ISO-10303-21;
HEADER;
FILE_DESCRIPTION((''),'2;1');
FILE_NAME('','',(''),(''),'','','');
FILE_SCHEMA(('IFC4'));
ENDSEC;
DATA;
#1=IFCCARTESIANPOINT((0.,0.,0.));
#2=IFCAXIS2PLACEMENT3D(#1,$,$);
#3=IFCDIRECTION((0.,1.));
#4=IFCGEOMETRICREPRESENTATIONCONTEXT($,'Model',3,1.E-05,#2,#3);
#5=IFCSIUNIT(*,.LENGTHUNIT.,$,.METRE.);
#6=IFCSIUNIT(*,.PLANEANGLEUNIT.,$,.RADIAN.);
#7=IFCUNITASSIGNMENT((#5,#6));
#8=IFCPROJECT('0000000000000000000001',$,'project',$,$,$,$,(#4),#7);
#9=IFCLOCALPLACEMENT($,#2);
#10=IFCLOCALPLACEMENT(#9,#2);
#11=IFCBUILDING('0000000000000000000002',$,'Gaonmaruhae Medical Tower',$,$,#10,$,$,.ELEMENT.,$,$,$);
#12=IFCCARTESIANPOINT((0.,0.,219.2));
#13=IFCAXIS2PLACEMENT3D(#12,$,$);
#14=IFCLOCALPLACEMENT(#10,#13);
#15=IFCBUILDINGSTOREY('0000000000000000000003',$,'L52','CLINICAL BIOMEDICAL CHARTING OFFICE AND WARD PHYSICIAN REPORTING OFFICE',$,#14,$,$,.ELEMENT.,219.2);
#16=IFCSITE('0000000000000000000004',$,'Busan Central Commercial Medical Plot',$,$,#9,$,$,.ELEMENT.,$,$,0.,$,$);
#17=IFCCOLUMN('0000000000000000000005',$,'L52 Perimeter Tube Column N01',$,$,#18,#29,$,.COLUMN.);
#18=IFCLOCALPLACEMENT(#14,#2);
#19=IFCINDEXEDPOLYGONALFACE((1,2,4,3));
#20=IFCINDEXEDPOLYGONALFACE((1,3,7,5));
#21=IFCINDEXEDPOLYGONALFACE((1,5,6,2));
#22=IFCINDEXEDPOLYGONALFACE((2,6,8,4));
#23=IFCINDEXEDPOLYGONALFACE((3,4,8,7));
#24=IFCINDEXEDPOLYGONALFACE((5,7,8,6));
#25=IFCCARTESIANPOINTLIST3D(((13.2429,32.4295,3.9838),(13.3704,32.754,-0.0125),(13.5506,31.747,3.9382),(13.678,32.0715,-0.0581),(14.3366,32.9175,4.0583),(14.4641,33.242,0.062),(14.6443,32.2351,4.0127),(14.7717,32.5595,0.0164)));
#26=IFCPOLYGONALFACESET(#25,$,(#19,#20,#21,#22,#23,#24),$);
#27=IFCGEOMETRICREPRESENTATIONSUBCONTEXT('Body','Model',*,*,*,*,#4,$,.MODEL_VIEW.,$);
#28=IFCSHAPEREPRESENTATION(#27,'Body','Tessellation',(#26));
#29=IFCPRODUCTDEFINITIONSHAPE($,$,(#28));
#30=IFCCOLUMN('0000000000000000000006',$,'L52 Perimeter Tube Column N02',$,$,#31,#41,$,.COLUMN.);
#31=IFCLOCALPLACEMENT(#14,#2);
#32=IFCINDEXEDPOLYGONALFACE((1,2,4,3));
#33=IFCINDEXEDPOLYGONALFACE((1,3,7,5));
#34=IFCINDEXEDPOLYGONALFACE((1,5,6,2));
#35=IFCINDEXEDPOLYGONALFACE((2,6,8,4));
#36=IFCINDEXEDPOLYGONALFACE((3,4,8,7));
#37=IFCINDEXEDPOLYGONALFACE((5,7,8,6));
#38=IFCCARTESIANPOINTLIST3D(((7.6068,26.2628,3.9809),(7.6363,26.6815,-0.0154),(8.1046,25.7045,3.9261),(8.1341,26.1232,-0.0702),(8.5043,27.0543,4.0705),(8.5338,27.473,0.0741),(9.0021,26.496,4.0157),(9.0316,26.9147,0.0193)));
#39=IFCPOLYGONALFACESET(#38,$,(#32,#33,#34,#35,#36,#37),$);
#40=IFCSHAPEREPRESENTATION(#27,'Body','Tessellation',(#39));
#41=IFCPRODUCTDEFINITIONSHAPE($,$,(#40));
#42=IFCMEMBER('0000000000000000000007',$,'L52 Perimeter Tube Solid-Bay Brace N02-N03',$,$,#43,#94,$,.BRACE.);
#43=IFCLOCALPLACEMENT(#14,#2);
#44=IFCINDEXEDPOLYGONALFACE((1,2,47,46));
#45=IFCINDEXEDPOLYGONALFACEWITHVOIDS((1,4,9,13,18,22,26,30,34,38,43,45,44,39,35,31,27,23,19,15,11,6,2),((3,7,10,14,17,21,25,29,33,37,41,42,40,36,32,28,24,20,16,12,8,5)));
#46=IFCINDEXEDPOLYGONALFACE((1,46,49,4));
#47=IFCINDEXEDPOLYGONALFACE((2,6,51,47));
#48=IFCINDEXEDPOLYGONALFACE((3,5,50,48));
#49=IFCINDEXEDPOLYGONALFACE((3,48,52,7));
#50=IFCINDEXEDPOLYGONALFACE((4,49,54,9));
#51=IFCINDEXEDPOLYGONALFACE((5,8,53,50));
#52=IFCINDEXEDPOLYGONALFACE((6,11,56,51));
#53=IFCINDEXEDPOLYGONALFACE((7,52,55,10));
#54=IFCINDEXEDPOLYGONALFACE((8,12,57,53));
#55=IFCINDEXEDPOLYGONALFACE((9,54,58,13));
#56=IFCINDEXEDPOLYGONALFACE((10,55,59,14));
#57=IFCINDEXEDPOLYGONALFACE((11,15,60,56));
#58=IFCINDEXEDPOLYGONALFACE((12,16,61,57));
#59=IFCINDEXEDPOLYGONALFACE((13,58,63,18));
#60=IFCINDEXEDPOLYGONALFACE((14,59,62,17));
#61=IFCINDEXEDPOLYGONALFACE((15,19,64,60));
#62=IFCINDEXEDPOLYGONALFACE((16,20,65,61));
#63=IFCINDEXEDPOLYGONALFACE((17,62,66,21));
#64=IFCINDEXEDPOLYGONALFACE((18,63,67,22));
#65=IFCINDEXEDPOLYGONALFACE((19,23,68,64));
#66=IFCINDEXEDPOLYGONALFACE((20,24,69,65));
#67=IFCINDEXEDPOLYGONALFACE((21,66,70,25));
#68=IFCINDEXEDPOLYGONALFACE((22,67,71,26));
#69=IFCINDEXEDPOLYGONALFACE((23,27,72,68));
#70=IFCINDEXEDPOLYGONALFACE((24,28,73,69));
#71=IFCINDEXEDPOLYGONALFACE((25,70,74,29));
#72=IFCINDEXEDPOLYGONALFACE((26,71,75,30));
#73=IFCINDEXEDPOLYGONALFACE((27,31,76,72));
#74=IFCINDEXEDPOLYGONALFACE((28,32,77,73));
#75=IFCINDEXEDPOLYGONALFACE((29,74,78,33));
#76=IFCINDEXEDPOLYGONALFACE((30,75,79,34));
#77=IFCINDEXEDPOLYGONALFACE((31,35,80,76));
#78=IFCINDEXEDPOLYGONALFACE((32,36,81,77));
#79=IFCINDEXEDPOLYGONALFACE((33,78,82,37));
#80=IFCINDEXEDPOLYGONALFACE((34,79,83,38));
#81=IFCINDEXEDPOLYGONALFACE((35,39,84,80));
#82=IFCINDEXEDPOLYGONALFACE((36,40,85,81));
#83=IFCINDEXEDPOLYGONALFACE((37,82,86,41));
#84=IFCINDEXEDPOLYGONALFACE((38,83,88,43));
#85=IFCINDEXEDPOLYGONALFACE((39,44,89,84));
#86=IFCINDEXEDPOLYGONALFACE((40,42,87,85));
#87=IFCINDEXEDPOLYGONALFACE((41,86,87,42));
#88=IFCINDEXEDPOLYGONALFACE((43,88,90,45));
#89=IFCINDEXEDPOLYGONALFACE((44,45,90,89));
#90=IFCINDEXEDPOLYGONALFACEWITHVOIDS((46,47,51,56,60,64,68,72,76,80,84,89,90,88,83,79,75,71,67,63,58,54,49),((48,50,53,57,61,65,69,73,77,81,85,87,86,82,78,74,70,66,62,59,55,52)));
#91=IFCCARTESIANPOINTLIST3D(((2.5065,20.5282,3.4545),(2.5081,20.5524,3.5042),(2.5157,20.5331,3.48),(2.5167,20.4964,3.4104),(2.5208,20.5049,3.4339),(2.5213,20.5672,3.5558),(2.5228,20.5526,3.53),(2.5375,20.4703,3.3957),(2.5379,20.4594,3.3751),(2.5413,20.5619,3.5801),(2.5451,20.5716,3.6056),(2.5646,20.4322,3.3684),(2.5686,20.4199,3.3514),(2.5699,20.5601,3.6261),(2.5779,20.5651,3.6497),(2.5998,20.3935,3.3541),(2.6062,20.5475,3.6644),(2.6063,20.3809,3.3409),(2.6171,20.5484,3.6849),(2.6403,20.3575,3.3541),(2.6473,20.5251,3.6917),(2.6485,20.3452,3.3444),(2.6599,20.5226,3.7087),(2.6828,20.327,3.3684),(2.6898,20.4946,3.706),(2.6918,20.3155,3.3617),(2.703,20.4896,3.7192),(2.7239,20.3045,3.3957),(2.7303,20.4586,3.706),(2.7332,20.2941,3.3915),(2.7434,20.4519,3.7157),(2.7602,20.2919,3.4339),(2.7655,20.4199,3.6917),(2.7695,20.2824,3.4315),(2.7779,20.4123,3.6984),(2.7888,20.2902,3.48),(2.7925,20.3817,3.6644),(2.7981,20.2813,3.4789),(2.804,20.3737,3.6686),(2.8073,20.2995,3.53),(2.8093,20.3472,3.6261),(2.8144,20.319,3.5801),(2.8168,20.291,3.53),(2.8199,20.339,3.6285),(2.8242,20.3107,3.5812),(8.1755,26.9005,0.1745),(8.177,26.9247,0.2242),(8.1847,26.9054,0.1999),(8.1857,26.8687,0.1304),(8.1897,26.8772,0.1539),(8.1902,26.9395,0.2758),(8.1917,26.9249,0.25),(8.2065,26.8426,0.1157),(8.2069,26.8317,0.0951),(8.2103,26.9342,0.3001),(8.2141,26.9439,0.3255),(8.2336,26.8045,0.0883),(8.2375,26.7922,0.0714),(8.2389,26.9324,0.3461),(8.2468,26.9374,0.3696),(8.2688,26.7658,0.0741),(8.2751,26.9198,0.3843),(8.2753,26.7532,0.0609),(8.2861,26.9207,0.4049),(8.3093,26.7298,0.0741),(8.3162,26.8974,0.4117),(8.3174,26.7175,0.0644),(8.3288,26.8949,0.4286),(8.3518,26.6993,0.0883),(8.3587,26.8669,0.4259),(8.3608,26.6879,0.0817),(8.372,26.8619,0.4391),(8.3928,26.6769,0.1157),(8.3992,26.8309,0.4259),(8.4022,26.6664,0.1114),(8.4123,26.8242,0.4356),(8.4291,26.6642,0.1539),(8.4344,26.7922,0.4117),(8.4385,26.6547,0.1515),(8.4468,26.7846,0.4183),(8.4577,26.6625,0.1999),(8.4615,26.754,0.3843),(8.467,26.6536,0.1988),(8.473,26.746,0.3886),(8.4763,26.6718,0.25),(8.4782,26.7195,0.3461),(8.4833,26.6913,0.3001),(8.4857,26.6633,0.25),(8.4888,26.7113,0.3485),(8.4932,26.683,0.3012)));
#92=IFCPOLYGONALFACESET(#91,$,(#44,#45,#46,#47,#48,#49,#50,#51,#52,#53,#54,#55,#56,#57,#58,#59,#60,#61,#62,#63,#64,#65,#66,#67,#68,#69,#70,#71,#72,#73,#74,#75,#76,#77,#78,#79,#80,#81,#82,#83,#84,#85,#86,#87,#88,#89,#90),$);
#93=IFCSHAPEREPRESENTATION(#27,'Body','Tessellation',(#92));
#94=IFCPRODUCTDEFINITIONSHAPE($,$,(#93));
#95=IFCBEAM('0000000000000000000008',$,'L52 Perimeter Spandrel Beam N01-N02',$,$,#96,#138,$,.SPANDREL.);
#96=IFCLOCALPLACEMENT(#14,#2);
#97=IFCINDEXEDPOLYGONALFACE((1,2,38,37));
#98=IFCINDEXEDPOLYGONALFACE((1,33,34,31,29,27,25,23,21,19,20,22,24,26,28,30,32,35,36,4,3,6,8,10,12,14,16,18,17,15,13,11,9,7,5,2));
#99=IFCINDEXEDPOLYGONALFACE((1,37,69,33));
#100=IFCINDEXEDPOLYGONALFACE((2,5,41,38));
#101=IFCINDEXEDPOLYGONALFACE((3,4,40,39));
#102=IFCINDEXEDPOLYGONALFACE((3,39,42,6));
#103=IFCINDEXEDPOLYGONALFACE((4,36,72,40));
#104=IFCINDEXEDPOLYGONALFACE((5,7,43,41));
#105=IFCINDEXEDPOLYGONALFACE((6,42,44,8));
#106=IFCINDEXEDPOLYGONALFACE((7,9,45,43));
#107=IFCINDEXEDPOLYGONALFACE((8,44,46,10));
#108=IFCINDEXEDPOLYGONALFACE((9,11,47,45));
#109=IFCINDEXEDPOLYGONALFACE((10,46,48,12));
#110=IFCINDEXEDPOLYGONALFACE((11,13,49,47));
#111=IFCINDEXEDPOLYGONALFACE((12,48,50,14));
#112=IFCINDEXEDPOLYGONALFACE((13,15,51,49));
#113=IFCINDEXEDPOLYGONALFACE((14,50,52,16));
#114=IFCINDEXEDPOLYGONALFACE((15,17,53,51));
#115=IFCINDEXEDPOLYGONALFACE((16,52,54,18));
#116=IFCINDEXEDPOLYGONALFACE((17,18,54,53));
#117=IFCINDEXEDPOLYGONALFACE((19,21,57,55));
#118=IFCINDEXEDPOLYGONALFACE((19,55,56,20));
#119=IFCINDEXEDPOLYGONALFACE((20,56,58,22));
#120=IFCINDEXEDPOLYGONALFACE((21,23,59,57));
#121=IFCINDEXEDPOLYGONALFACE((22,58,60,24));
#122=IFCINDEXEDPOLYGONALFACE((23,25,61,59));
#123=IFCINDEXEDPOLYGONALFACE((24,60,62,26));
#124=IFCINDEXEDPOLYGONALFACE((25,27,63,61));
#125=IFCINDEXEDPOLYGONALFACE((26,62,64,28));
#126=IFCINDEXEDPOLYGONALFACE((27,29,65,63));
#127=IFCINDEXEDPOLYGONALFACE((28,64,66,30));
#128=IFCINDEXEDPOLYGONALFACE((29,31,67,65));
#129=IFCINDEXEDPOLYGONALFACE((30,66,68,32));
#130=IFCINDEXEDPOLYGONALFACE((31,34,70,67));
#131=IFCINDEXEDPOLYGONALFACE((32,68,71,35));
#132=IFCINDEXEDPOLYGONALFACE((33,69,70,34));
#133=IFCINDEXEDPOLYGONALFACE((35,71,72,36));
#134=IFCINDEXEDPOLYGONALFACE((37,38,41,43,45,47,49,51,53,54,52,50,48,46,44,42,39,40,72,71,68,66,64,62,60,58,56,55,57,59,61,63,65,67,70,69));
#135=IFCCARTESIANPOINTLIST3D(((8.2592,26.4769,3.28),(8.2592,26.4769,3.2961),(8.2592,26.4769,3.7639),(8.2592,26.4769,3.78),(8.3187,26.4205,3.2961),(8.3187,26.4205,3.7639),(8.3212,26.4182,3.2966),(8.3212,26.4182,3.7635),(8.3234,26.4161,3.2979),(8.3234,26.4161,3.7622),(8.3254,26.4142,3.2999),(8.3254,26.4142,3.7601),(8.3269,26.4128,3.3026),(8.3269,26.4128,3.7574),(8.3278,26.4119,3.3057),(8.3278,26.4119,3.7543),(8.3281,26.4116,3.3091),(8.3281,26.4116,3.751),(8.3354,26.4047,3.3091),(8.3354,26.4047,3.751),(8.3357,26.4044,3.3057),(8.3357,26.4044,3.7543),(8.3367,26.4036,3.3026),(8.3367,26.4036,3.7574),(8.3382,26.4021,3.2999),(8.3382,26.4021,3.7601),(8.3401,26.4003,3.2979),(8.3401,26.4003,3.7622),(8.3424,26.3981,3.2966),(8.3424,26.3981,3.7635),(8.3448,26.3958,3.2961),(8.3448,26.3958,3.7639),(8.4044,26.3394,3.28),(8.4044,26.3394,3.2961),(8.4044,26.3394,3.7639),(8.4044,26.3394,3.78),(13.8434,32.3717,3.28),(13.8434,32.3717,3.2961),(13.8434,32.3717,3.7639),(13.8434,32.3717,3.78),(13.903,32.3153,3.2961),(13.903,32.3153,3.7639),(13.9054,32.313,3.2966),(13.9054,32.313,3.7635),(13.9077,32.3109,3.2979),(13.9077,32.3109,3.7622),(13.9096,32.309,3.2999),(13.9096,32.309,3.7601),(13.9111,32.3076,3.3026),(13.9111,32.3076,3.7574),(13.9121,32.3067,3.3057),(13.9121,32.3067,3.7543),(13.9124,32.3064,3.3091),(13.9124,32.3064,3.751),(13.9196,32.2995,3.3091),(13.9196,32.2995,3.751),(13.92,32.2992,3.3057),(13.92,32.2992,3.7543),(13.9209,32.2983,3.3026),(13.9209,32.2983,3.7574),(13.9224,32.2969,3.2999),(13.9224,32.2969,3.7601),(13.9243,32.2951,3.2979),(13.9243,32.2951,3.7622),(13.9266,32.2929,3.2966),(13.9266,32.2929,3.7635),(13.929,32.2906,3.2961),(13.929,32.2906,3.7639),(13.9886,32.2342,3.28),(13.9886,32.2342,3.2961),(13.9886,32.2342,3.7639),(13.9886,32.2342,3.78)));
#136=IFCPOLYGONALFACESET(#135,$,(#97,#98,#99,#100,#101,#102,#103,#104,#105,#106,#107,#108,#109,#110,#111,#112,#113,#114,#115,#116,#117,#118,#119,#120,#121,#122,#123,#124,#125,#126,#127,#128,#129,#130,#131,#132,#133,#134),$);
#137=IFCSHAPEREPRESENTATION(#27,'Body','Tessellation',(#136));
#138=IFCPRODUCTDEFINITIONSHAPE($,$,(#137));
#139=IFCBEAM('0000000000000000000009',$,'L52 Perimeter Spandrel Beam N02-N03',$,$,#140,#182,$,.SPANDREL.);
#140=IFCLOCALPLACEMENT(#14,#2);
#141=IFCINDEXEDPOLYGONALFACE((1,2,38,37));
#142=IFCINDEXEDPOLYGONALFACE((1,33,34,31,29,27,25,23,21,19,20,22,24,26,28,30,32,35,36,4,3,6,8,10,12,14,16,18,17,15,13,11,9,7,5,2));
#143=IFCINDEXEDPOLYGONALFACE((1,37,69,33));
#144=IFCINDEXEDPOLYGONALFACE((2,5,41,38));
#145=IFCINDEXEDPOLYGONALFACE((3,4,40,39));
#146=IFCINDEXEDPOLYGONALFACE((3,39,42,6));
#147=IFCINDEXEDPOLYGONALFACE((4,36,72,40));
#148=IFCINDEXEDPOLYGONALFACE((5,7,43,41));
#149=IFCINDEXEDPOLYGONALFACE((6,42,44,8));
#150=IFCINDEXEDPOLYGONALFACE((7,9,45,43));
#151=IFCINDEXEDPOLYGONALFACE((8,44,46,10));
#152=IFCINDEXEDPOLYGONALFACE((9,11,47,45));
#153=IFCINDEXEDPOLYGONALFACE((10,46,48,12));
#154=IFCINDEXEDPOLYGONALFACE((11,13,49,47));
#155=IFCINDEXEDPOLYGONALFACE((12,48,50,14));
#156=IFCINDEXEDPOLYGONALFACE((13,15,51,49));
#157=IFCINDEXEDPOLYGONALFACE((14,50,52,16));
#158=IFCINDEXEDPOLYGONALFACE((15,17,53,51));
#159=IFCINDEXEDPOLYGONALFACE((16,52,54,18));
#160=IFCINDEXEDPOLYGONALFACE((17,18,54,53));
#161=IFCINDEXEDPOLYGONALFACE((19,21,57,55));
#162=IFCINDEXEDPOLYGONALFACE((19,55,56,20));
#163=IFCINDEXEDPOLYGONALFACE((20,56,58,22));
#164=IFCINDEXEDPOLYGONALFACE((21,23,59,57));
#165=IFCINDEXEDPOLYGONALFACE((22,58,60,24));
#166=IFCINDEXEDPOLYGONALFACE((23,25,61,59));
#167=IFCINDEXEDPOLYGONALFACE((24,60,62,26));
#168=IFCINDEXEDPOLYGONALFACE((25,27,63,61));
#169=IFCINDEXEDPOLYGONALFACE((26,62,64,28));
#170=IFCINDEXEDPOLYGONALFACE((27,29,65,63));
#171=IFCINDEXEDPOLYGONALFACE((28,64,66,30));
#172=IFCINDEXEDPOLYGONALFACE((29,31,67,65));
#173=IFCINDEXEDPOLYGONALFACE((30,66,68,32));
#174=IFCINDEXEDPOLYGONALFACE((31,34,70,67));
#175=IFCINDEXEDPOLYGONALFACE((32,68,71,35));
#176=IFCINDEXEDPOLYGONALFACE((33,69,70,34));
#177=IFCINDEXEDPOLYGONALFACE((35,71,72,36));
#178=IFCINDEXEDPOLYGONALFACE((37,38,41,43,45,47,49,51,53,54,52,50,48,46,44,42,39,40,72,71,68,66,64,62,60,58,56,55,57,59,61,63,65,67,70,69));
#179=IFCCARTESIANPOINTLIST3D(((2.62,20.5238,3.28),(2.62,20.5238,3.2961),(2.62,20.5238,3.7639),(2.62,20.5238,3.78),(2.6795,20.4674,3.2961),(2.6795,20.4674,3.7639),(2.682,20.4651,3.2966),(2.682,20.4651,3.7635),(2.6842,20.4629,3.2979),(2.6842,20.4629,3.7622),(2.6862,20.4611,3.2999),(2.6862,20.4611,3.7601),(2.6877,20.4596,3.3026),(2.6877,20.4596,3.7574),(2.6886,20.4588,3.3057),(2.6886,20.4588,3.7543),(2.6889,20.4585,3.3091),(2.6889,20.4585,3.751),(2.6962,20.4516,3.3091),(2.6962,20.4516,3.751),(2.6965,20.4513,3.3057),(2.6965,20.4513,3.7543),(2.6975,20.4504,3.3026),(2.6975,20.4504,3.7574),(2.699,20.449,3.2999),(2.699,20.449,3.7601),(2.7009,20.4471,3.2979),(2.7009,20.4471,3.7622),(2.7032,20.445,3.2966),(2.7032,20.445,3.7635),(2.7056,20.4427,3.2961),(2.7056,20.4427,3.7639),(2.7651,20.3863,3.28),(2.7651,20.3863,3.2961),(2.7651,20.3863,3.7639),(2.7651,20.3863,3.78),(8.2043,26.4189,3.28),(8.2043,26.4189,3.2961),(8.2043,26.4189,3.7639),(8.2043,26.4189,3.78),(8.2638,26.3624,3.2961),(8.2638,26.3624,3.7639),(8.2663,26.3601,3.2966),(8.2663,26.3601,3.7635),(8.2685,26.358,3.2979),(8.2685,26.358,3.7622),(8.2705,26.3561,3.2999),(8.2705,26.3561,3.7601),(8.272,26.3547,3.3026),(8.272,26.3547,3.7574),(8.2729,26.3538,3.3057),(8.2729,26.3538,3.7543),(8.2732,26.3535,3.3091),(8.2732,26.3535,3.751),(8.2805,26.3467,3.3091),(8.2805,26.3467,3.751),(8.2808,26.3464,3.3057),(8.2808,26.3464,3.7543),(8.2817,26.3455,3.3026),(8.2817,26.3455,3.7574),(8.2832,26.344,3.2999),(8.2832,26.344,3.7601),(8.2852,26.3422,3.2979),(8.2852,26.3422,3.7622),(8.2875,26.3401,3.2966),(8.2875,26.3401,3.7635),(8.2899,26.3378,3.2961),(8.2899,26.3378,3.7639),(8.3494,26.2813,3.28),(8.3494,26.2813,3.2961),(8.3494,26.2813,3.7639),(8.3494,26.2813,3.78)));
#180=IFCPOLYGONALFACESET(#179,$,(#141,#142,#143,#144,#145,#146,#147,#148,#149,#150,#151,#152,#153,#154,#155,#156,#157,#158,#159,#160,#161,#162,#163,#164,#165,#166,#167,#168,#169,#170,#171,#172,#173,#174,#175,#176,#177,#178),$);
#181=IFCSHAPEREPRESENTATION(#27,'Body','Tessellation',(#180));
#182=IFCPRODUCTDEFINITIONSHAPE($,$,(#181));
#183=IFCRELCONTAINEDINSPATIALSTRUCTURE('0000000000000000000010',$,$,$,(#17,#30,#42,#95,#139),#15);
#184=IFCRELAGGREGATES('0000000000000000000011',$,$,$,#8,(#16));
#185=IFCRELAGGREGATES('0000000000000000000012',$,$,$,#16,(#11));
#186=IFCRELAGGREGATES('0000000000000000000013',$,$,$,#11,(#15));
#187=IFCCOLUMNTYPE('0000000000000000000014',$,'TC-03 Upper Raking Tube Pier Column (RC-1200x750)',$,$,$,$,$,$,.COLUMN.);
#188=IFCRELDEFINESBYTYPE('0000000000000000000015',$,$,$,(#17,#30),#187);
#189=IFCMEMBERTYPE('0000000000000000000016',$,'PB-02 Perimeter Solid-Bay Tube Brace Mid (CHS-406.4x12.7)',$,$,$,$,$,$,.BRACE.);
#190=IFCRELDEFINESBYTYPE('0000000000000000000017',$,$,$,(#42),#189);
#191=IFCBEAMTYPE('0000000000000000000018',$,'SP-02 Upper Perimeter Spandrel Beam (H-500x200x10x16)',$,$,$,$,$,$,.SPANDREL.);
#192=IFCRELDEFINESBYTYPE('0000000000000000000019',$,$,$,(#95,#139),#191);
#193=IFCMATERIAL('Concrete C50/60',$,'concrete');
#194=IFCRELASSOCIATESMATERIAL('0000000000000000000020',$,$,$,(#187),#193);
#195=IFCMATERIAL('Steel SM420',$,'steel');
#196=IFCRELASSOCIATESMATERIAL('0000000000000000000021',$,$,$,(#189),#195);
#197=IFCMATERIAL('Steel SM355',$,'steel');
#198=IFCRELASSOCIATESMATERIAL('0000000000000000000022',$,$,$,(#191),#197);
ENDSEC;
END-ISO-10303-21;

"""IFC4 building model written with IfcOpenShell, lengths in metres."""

from ifc_helpers import new_model, si_unit, direction, frame, origin, origin_2d, place, context, subcontext, project, spatial, rectangle, hollow_circle, i_section, extrude, material, material_profile, profile_set, type_object, element, save


model = new_model("IFC4")

# Units and contexts
model_context = context("Model", 3, precision=1e-05, world=origin(), true_north=direction((0.0, 1.0)))
body_context = subcontext(model_context, "Body", "Model", "MODEL_VIEW")
ifc_project = project(units=[si_unit("LENGTHUNIT", "METRE"), si_unit("PLANEANGLEUNIT", "RADIAN")], contexts=[model_context])

# Site, building, storey
site_placement = place(None, origin())
site = spatial("IfcSite", under=ifc_project, at=site_placement, Name="Busan Central Commercial Medical Plot", CompositionType="ELEMENT", RefElevation=0.0)
building_placement = place(site_placement, origin())
building = spatial("IfcBuilding", under=site, at=building_placement, Name="Gaonmaruhae Medical Tower", CompositionType="ELEMENT")
storey_placement = place(building_placement, frame((0.0, 0.0, 219.2)))
storey = spatial("IfcBuildingStorey", under=building, at=storey_placement, Name="L52", Description="CLINICAL BIOMEDICAL CHARTING OFFICE AND WARD PHYSICIAN REPORTING OFFICE", CompositionType="ELEMENT", Elevation=219.2)

# Columns
ifc_material_1 = material(Name="Concrete C50/60", Category="concrete")
ifc_material_profile_1 = material_profile(ifc_material_1, rectangle(XDim=1.2, YDim=0.75, at=origin_2d()), Name="RC-1200x750")
ifc_profile_set_1 = profile_set([ifc_material_profile_1], Name="Concrete C50/60")
column_type = type_object("IfcColumnType", Name="TC-03 Upper Raking Tube Pier Column (RC-1200x750)", PredefinedType="COLUMN", material=ifc_profile_set_1)
column_1_placement = place(storey_placement, frame((14.071, 32.6567, 0.002), z_axis=(-0.031769, -0.080883, 0.996217), x_axis=(0.911445, 0.406711, 0.062086)))
element("IfcColumn", 1, at=column_1_placement, inside=storey, type_object=column_type, Name="L52 Perimeter Tube Column N01", PredefinedType="COLUMN", context=body_context, shape_type="SweptSolid", body=[
    extrude(rectangle(XDim=1.2, YDim=0.75, at=origin_2d()), origin(), (0.0, 0.0, 1.0), 4.0115),
])
column_2_placement = place(storey_placement, frame((8.334, 26.7981, 0.002), z_axis=(-0.007352, -0.104198, 0.994529), x_axis=(0.747937, 0.659561, 0.074632)))
element("IfcColumn", 2, at=column_2_placement, inside=storey, type_object=column_type, Name="L52 Perimeter Tube Column N02", PredefinedType="COLUMN", context=body_context, shape_type="SweptSolid", body=[
    extrude(rectangle(XDim=1.2, YDim=0.75, at=origin_2d()), origin(), (0.0, 0.0, 1.0), 4.0183),
])

# Member
ifc_material_2 = material(Name="Steel SM420", Category="steel")
ifc_material_profile_2 = material_profile(ifc_material_2, hollow_circle(Radius=0.2031, WallThickness=0.0127, at=origin_2d()), Name="CHS-406.4x12.7")
ifc_profile_set_2 = profile_set([ifc_material_profile_2], Name="Steel SM420")
member_type = type_object("IfcMemberType", Name="PB-02 Perimeter Solid-Bay Tube Brace Mid (CHS-406.4x12.7)", PredefinedType="BRACE", material=ifc_profile_set_2)
member_placement = place(storey_placement, frame((8.334, 26.7983, 0.25), z_axis=(-0.620375, -0.697347, 0.358946), x_axis=(0.747138, -0.664669, 0.0)))
element("IfcMember", 3, at=member_placement, inside=storey, type_object=member_type, Name="L52 Perimeter Tube Solid-Bay Brace N02-N03", PredefinedType="BRACE", context=body_context, shape_type="SweptSolid", body=[
    extrude(hollow_circle(Radius=0.2031, WallThickness=0.0127, at=origin_2d()), origin(), (0.0, 0.0, 1.0), 9.1379),
])

# Beams
ifc_material_3 = material(Name="Steel SM355", Category="steel")
ifc_material_profile_3 = material_profile(ifc_material_3, i_section(OverallWidth=0.2, OverallDepth=0.5, WebThickness=0.01, FlangeThickness=0.0161, FilletRadius=0.0129, at=origin_2d()), Name="H-500x200x10x16")
ifc_profile_set_3 = profile_set([ifc_material_profile_3], Name="Steel SM355")
beam_type = type_object("IfcBeamType", Name="SP-02 Upper Perimeter Spandrel Beam (H-500x200x10x16)", PredefinedType="SPANDREL", material=ifc_profile_set_3)
beam_1_placement = place(storey_placement, frame((13.916, 32.303, 3.53), z_axis=(-0.687725, -0.725971, 0.0), x_axis=(0.725971, -0.687725, 0.0)))
element("IfcBeam", 4, at=beam_1_placement, inside=storey, type_object=beam_type, Name="L52 Perimeter Spandrel Beam N01-N02", PredefinedType="SPANDREL", context=body_context, shape_type="SweptSolid", body=[
    extrude(i_section(OverallWidth=0.2, OverallDepth=0.5, WebThickness=0.01, FlangeThickness=0.0161, FilletRadius=0.0129, at=origin_2d()), origin(), (0.0, 0.0, 1.0), 8.1199),
])
beam_2_placement = place(storey_placement, frame((8.2769, 26.3501, 3.53), z_axis=(-0.68771, -0.725985, 0.0), x_axis=(0.725985, -0.68771, 0.0)))
element("IfcBeam", 5, at=beam_2_placement, inside=storey, type_object=beam_type, Name="L52 Perimeter Spandrel Beam N02-N03", PredefinedType="SPANDREL", context=body_context, shape_type="SweptSolid", body=[
    extrude(i_section(OverallWidth=0.2, OverallDepth=0.5, WebThickness=0.01, FlangeThickness=0.0161, FilletRadius=0.0129, at=origin_2d()), origin(), (0.0, 0.0, 1.0), 8.1201),
])

save(model, "model.ifc")
